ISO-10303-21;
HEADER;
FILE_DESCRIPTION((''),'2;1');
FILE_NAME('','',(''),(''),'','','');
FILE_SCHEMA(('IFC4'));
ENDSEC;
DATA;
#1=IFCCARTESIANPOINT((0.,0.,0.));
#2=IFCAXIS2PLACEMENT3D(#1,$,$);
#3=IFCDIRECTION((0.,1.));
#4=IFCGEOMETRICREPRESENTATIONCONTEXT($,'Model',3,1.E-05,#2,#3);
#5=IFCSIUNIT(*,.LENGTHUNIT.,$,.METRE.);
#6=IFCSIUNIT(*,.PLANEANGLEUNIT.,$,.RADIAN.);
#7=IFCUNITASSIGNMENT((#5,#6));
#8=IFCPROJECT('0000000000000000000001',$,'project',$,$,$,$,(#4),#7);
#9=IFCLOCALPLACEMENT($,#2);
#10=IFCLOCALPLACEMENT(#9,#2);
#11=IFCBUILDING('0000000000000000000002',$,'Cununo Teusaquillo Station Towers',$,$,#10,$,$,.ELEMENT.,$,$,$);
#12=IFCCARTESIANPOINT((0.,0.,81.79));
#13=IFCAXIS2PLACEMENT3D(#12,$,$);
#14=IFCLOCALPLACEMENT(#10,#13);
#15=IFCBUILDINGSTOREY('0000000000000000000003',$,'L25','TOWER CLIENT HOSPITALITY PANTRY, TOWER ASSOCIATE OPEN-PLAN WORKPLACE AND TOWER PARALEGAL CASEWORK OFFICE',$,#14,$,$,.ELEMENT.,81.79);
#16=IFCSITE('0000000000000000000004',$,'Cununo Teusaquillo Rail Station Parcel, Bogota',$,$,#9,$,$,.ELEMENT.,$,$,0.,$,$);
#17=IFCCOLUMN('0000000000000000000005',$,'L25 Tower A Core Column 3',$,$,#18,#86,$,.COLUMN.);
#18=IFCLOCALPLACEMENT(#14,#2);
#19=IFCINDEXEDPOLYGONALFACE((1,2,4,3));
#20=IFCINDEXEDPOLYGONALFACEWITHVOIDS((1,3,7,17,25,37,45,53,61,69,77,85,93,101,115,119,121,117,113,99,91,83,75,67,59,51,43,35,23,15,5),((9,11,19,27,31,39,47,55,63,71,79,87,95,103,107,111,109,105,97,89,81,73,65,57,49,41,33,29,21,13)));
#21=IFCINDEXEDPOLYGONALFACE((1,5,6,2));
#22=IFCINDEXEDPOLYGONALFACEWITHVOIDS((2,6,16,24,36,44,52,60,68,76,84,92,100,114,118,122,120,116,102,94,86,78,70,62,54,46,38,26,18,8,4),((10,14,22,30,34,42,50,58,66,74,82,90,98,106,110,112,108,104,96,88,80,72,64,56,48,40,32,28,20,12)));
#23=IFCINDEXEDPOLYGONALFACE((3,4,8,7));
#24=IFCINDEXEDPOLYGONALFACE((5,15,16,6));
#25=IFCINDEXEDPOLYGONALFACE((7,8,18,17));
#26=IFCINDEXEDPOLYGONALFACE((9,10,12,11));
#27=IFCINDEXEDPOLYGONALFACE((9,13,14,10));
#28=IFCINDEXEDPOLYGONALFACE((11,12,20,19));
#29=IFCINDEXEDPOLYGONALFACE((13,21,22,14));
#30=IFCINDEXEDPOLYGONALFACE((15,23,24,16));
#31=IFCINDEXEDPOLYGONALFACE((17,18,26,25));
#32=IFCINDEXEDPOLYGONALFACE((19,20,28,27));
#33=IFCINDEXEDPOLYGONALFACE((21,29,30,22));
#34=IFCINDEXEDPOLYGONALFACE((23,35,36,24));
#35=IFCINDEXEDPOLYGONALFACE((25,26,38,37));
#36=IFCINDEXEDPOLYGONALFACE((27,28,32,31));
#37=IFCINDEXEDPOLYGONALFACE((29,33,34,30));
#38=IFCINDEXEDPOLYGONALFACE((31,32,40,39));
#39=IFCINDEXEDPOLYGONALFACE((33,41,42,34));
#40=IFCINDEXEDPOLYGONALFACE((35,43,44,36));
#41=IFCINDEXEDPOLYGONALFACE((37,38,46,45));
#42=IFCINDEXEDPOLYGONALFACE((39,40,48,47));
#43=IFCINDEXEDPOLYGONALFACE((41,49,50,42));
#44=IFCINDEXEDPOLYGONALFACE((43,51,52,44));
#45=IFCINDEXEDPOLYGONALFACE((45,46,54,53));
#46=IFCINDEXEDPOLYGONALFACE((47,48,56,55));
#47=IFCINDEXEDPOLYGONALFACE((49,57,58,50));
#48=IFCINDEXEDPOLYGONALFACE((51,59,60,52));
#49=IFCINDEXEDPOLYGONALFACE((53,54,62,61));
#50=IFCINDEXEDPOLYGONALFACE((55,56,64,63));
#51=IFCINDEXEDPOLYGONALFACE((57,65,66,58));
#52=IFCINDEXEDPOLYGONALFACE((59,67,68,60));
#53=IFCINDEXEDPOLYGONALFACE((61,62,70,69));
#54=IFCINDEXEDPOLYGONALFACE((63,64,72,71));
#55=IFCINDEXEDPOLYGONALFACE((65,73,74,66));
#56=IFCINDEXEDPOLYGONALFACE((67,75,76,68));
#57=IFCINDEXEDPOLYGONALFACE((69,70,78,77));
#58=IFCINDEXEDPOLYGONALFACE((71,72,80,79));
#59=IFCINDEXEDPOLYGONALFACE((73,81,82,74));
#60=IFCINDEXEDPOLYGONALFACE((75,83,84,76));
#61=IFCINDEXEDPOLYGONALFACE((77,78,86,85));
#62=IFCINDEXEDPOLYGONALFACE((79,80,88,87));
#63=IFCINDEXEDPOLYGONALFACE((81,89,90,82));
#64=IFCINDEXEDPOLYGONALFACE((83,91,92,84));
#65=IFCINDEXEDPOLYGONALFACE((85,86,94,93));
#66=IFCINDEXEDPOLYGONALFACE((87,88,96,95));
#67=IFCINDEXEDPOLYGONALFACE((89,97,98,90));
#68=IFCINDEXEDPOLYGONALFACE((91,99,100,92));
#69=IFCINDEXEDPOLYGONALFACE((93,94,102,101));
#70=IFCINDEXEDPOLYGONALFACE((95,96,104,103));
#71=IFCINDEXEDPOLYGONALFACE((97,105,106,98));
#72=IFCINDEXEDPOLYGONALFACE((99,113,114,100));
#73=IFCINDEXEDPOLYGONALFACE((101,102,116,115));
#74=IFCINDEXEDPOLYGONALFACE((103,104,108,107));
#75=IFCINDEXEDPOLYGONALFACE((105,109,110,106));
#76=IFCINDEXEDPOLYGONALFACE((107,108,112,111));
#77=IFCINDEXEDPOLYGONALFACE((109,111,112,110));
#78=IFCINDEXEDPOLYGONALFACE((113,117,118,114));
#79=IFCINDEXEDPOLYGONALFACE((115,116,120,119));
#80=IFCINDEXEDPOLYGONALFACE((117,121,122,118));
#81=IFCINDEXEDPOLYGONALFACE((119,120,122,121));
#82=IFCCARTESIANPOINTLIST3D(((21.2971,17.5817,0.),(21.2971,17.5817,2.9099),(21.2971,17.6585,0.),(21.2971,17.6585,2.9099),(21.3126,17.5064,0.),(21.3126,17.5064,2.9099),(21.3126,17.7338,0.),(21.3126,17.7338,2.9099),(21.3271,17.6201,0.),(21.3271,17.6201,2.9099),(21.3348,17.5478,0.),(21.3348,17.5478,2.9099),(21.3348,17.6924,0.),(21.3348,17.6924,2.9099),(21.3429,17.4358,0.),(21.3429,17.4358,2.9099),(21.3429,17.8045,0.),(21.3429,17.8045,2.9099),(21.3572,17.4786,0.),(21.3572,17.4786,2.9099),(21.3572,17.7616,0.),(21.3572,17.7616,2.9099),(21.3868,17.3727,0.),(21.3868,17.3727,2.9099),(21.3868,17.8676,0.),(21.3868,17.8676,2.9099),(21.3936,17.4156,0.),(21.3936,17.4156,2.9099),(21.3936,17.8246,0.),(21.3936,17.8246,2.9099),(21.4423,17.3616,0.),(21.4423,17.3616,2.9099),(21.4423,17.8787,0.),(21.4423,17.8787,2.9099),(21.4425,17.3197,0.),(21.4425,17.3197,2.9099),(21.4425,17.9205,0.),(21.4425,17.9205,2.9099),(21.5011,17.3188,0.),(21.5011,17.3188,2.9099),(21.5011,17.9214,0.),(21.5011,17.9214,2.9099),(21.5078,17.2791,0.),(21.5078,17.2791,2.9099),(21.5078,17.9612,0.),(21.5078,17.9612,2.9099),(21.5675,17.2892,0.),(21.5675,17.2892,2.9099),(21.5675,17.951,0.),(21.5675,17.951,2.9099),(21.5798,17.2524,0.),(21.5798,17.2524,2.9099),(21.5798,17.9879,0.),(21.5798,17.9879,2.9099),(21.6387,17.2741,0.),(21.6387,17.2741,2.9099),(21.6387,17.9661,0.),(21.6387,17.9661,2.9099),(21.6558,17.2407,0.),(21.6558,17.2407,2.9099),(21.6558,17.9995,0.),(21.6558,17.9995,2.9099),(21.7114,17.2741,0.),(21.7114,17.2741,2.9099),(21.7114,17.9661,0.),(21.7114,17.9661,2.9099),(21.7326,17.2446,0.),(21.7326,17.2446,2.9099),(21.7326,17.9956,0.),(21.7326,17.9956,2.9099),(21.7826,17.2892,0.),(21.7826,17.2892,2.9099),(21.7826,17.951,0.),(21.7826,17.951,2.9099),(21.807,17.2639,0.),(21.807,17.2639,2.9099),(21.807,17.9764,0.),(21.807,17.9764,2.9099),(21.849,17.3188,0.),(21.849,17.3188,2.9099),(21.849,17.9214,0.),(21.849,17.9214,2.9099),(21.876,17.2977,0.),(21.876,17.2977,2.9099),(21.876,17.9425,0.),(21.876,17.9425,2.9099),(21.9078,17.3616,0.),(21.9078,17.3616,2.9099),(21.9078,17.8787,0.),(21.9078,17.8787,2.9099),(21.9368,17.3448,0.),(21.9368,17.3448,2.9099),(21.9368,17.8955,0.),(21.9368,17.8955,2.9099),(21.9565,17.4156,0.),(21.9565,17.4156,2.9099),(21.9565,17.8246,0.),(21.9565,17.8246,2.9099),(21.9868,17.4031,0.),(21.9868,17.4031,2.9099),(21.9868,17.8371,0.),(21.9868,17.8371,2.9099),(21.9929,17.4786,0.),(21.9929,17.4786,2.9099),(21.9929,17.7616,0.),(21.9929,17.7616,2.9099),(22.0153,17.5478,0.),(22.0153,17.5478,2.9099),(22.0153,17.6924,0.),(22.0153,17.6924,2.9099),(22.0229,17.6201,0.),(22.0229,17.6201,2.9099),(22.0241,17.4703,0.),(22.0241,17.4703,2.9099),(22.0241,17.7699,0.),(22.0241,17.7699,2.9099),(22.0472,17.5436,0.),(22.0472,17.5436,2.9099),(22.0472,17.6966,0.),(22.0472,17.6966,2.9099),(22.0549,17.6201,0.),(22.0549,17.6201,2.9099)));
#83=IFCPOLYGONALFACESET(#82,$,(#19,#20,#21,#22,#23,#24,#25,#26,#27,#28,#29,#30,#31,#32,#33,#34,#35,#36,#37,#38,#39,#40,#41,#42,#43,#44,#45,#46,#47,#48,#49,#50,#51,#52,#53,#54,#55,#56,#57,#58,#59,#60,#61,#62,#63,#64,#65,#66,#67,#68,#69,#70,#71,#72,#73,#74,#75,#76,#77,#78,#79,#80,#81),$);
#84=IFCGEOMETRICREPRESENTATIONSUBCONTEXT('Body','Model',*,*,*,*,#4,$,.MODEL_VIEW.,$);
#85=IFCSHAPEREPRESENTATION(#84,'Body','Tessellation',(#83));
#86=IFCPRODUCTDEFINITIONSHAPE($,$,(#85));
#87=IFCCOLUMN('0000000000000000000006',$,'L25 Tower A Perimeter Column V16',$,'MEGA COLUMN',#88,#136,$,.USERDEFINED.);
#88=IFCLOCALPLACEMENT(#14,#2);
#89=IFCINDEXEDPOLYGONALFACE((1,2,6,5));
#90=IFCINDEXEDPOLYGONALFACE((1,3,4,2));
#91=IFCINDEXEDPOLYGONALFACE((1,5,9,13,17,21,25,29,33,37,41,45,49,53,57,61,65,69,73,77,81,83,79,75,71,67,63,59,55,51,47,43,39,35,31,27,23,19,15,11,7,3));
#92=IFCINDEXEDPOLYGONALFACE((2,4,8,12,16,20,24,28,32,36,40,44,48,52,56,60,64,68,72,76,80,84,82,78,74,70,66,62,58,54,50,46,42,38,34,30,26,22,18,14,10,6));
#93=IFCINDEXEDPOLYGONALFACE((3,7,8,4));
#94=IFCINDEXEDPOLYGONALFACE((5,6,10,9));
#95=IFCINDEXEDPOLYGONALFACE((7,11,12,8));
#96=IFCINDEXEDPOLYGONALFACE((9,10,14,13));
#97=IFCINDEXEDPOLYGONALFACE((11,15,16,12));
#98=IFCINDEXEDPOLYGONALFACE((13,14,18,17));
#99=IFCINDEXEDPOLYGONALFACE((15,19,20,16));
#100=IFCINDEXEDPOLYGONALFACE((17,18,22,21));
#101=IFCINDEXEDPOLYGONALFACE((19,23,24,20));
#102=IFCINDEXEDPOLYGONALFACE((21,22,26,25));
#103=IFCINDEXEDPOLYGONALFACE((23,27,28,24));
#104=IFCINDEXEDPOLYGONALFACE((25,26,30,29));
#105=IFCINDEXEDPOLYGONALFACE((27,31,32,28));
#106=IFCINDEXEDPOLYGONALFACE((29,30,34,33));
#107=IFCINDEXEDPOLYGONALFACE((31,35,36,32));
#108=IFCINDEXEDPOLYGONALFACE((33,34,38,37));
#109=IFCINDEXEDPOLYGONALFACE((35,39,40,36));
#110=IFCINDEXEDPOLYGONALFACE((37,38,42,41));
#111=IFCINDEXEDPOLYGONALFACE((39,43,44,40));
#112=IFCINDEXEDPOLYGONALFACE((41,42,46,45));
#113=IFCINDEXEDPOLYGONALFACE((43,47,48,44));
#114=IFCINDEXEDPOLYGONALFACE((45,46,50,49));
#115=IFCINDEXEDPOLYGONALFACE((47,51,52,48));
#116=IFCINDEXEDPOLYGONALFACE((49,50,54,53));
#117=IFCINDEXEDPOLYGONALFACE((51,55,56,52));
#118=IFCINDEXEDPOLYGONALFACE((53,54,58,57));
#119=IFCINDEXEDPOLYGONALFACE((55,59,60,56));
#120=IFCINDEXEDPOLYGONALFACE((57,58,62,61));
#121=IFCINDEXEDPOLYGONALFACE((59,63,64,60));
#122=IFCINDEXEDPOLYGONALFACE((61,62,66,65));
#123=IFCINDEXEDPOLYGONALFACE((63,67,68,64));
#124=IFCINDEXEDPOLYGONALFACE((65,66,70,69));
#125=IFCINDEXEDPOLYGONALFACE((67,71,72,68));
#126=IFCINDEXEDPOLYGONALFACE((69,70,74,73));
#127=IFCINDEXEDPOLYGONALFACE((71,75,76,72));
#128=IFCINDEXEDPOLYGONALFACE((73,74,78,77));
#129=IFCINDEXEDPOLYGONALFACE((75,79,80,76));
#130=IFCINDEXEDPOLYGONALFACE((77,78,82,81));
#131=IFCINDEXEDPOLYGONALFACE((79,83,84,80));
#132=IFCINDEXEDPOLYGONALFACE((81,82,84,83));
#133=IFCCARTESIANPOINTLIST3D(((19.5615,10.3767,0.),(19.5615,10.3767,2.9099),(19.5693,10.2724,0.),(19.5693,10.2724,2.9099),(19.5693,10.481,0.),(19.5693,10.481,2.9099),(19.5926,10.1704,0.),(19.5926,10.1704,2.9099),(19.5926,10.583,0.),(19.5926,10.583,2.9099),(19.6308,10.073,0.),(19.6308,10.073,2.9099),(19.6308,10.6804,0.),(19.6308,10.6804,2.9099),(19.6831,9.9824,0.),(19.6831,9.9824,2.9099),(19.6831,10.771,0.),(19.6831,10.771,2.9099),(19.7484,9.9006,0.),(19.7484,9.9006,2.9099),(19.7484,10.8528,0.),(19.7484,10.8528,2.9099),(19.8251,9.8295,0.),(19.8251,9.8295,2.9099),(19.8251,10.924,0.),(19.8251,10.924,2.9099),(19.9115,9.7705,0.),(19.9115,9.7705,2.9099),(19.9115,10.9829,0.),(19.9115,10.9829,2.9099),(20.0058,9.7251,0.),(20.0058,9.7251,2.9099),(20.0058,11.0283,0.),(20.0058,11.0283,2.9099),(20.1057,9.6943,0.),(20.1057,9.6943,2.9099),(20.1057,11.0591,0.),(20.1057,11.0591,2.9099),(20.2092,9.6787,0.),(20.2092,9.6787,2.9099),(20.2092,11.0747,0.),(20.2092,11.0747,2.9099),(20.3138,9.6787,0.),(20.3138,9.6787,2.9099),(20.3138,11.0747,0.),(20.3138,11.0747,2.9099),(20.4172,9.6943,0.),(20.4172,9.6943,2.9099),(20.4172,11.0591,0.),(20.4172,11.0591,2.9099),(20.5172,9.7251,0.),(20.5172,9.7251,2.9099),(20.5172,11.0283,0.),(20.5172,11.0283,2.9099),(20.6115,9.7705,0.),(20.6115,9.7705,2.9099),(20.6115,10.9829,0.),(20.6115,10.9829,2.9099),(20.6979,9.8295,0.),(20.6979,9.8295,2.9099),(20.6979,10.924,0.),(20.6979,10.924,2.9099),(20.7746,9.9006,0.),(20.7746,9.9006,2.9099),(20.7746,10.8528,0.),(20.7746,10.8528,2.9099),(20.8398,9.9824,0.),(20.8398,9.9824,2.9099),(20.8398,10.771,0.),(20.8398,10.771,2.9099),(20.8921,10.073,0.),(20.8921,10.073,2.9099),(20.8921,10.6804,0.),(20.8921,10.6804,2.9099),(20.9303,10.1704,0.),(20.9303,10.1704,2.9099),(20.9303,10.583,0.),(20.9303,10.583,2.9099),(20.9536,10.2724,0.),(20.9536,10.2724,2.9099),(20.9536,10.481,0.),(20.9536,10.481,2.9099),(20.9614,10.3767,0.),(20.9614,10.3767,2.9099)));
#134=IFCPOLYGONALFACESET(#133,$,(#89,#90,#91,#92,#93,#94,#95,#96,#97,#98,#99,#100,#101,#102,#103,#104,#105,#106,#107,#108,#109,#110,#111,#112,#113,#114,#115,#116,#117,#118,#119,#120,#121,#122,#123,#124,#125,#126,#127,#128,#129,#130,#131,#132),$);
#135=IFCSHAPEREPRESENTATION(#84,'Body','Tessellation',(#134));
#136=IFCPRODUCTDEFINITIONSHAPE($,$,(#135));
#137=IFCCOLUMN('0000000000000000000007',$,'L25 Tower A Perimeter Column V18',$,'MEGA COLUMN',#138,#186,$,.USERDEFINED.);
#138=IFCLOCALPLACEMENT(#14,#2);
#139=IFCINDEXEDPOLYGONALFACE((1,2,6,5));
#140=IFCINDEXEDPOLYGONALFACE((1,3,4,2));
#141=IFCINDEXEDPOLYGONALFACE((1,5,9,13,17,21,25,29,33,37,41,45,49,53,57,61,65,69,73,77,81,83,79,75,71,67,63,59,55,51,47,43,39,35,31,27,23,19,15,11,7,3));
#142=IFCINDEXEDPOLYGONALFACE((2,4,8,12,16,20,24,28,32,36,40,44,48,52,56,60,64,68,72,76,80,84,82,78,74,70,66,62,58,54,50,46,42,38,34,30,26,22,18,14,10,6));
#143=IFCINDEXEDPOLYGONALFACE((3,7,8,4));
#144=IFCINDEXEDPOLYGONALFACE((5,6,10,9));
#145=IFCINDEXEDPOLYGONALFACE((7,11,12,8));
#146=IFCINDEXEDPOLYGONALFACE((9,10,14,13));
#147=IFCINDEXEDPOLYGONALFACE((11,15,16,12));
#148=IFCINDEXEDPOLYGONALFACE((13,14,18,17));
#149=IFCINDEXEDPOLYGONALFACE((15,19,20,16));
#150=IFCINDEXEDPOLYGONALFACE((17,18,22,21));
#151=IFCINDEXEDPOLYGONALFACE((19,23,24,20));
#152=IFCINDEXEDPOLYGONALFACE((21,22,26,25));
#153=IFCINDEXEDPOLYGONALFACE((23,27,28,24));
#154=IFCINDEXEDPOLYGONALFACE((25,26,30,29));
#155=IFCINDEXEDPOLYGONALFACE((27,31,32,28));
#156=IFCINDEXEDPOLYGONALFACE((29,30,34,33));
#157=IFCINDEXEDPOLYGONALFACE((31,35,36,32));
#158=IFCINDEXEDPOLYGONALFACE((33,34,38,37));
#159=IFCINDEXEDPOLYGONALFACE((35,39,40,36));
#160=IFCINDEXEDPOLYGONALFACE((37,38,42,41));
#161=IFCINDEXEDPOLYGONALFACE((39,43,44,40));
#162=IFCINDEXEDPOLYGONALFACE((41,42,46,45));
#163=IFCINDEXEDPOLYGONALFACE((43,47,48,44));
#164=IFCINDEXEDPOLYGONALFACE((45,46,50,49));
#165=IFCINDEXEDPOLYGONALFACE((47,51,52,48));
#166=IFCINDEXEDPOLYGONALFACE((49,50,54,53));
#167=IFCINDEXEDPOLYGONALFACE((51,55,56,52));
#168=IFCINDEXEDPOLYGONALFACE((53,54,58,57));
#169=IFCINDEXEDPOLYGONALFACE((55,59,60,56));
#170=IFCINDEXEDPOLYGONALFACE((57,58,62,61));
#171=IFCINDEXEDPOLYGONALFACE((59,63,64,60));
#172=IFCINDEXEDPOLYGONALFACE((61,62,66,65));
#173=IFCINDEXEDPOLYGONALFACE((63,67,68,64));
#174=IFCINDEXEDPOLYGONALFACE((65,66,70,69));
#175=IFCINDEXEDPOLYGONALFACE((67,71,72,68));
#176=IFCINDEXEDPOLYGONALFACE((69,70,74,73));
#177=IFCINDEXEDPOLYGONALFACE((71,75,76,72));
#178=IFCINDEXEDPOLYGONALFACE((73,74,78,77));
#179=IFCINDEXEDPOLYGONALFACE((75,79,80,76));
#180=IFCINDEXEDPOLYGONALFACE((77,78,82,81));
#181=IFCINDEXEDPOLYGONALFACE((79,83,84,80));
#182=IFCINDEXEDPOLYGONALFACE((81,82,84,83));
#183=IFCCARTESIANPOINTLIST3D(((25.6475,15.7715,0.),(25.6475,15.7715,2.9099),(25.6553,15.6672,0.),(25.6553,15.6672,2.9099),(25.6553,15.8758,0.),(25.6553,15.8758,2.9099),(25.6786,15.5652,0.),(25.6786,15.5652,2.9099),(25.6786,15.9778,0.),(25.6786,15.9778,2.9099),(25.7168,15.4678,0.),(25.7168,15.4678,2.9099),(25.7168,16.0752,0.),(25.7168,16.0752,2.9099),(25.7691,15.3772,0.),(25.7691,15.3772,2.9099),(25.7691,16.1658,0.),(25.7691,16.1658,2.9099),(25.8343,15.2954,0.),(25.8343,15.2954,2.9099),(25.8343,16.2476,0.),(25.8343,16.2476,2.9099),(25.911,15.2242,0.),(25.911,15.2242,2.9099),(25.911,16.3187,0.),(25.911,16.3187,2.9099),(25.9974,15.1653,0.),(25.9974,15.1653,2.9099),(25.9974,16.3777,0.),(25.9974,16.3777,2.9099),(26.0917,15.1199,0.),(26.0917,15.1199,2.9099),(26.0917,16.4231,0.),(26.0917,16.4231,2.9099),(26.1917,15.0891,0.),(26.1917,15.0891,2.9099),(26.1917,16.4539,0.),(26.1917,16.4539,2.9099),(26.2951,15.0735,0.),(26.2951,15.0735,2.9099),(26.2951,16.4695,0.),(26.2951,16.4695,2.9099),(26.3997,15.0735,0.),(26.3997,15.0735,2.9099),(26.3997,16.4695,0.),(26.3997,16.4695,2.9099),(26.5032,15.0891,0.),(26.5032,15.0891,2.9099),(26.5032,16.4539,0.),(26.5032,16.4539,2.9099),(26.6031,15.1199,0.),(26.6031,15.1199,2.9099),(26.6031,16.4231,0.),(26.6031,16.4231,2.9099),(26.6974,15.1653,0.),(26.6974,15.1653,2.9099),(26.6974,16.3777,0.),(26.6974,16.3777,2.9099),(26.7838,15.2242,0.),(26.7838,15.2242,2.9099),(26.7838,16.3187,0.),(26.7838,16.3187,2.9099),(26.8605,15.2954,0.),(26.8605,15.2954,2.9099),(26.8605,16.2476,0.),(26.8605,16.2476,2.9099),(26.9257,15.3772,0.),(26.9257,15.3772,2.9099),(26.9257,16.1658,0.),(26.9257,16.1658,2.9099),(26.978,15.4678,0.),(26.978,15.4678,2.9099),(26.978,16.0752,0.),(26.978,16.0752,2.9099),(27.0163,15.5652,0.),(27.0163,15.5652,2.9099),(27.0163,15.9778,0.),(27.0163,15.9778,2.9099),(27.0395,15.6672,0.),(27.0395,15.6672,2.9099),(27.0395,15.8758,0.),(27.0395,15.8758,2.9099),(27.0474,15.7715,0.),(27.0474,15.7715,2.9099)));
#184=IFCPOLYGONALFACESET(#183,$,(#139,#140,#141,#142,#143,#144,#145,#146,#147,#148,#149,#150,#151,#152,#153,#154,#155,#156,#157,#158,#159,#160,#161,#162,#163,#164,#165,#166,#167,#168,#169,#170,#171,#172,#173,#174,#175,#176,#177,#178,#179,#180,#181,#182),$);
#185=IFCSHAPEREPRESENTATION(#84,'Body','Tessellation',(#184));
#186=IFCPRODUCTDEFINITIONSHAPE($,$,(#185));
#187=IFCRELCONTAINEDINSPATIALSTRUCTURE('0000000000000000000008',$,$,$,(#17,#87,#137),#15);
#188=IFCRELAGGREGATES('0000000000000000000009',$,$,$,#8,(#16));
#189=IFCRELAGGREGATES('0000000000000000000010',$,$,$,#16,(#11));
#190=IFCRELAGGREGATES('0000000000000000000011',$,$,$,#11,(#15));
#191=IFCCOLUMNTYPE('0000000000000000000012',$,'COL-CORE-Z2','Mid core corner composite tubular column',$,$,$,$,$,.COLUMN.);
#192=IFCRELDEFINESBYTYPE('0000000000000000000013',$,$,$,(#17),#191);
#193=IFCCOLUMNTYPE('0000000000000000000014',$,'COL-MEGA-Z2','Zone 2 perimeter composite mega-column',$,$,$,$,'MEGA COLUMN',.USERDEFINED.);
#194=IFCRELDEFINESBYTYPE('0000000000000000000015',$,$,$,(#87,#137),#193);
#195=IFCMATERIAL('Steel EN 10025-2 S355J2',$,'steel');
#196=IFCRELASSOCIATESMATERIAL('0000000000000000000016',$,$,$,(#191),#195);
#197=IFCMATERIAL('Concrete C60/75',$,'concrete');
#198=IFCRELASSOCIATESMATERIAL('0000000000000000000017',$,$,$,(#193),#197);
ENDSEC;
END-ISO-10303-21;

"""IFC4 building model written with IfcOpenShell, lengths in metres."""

from ifc_helpers import new_model, si_unit, direction, frame, origin, origin_2d, place, context, subcontext, project, spatial, circle, hollow_circle, extrude, material, material_profile, profile_set, type_object, element, save


model = new_model("IFC4")

# Units and contexts
model_context = context("Model", 3, precision=1e-05, world=origin(), true_north=direction((0.0, 1.0)))
body_context = subcontext(model_context, "Body", "Model", "MODEL_VIEW")
ifc_project = project(units=[si_unit("LENGTHUNIT", "METRE"), si_unit("PLANEANGLEUNIT", "RADIAN")], contexts=[model_context])

# Site, building, storey
site_placement = place(None, origin())
site = spatial("IfcSite", under=ifc_project, at=site_placement, Name="Cununo Teusaquillo Rail Station Parcel, Bogota", CompositionType="ELEMENT", RefElevation=0.0)
building_placement = place(site_placement, origin())
building = spatial("IfcBuilding", under=site, at=building_placement, Name="Cununo Teusaquillo Station Towers", CompositionType="ELEMENT")
storey_placement = place(building_placement, frame((0.0, 0.0, 81.79)))
storey = spatial("IfcBuildingStorey", under=building, at=storey_placement, Name="L25", Description="TOWER CLIENT HOSPITALITY PANTRY, TOWER ASSOCIATE OPEN-PLAN WORKPLACE AND TOWER PARALEGAL CASEWORK OFFICE", CompositionType="ELEMENT", Elevation=81.79)

# Columns
ifc_material_1 = material(Name="Steel EN 10025-2 S355J2", Category="steel")
ifc_material_profile_1 = material_profile(ifc_material_1, hollow_circle(Radius=0.3799, WallThickness=0.032, at=origin_2d()), Name="CHS 760x32")
ifc_profile_set_1 = profile_set([ifc_material_profile_1], Name="Steel EN 10025-2 S355J2")
column_type_1 = type_object("IfcColumnType", Name="COL-CORE-Z2", Description="Mid core corner composite tubular column", PredefinedType="COLUMN", material=ifc_profile_set_1)
column_placement = place(storey_placement, frame((21.675, 17.6201, 0.0), z_axis=(0.0, 0.0, 1.0), x_axis=(1.0, 0.0, 0.0)))
element("IfcColumn", 1, at=column_placement, inside=storey, type_object=column_type_1, Name="L25 Tower A Core Column 3", PredefinedType="COLUMN", context=body_context, shape_type="SweptSolid", body=[
    extrude(hollow_circle(Radius=0.3799, WallThickness=0.032, at=origin_2d()), origin(), (0.0, 0.0, 1.0), 2.9099),
])
ifc_material_2 = material(Name="Concrete C60/75", Category="concrete")
ifc_material_profile_2 = material_profile(ifc_material_2, circle(Radius=0.7, at=origin_2d()), Name="RC-CIRC-1400")
ifc_profile_set_2 = profile_set([ifc_material_profile_2], Name="Concrete C60/75")
column_type_2 = type_object("IfcColumnType", Name="COL-MEGA-Z2", Description="Zone 2 perimeter composite mega-column", ElementType="MEGA COLUMN", PredefinedType="USERDEFINED", material=ifc_profile_set_2)
for number, where, z_axis, x_axis, name in (
    (2, (20.2615, 10.3767, 0.0), (0.0, 0.0, 1.0), (1.0, 0.0, 0.0), "L25 Tower A Perimeter Column V16"),
    (3, (26.3474, 15.7715, 0.0), (0.0, 0.0, 1.0), (1.0, 0.0, 0.0), "L25 Tower A Perimeter Column V18"),
):
    element("IfcColumn", number, at=place(storey_placement, frame(where, z_axis=z_axis, x_axis=x_axis)), inside=storey, type_object=column_type_2, Name=name, ObjectType="MEGA COLUMN", PredefinedType="USERDEFINED", context=body_context, shape_type="SweptSolid", body=[
        extrude(circle(Radius=0.7, at=origin_2d()), origin(), (0.0, 0.0, 1.0), 2.9099),
    ])

save(model, "model.ifc")
